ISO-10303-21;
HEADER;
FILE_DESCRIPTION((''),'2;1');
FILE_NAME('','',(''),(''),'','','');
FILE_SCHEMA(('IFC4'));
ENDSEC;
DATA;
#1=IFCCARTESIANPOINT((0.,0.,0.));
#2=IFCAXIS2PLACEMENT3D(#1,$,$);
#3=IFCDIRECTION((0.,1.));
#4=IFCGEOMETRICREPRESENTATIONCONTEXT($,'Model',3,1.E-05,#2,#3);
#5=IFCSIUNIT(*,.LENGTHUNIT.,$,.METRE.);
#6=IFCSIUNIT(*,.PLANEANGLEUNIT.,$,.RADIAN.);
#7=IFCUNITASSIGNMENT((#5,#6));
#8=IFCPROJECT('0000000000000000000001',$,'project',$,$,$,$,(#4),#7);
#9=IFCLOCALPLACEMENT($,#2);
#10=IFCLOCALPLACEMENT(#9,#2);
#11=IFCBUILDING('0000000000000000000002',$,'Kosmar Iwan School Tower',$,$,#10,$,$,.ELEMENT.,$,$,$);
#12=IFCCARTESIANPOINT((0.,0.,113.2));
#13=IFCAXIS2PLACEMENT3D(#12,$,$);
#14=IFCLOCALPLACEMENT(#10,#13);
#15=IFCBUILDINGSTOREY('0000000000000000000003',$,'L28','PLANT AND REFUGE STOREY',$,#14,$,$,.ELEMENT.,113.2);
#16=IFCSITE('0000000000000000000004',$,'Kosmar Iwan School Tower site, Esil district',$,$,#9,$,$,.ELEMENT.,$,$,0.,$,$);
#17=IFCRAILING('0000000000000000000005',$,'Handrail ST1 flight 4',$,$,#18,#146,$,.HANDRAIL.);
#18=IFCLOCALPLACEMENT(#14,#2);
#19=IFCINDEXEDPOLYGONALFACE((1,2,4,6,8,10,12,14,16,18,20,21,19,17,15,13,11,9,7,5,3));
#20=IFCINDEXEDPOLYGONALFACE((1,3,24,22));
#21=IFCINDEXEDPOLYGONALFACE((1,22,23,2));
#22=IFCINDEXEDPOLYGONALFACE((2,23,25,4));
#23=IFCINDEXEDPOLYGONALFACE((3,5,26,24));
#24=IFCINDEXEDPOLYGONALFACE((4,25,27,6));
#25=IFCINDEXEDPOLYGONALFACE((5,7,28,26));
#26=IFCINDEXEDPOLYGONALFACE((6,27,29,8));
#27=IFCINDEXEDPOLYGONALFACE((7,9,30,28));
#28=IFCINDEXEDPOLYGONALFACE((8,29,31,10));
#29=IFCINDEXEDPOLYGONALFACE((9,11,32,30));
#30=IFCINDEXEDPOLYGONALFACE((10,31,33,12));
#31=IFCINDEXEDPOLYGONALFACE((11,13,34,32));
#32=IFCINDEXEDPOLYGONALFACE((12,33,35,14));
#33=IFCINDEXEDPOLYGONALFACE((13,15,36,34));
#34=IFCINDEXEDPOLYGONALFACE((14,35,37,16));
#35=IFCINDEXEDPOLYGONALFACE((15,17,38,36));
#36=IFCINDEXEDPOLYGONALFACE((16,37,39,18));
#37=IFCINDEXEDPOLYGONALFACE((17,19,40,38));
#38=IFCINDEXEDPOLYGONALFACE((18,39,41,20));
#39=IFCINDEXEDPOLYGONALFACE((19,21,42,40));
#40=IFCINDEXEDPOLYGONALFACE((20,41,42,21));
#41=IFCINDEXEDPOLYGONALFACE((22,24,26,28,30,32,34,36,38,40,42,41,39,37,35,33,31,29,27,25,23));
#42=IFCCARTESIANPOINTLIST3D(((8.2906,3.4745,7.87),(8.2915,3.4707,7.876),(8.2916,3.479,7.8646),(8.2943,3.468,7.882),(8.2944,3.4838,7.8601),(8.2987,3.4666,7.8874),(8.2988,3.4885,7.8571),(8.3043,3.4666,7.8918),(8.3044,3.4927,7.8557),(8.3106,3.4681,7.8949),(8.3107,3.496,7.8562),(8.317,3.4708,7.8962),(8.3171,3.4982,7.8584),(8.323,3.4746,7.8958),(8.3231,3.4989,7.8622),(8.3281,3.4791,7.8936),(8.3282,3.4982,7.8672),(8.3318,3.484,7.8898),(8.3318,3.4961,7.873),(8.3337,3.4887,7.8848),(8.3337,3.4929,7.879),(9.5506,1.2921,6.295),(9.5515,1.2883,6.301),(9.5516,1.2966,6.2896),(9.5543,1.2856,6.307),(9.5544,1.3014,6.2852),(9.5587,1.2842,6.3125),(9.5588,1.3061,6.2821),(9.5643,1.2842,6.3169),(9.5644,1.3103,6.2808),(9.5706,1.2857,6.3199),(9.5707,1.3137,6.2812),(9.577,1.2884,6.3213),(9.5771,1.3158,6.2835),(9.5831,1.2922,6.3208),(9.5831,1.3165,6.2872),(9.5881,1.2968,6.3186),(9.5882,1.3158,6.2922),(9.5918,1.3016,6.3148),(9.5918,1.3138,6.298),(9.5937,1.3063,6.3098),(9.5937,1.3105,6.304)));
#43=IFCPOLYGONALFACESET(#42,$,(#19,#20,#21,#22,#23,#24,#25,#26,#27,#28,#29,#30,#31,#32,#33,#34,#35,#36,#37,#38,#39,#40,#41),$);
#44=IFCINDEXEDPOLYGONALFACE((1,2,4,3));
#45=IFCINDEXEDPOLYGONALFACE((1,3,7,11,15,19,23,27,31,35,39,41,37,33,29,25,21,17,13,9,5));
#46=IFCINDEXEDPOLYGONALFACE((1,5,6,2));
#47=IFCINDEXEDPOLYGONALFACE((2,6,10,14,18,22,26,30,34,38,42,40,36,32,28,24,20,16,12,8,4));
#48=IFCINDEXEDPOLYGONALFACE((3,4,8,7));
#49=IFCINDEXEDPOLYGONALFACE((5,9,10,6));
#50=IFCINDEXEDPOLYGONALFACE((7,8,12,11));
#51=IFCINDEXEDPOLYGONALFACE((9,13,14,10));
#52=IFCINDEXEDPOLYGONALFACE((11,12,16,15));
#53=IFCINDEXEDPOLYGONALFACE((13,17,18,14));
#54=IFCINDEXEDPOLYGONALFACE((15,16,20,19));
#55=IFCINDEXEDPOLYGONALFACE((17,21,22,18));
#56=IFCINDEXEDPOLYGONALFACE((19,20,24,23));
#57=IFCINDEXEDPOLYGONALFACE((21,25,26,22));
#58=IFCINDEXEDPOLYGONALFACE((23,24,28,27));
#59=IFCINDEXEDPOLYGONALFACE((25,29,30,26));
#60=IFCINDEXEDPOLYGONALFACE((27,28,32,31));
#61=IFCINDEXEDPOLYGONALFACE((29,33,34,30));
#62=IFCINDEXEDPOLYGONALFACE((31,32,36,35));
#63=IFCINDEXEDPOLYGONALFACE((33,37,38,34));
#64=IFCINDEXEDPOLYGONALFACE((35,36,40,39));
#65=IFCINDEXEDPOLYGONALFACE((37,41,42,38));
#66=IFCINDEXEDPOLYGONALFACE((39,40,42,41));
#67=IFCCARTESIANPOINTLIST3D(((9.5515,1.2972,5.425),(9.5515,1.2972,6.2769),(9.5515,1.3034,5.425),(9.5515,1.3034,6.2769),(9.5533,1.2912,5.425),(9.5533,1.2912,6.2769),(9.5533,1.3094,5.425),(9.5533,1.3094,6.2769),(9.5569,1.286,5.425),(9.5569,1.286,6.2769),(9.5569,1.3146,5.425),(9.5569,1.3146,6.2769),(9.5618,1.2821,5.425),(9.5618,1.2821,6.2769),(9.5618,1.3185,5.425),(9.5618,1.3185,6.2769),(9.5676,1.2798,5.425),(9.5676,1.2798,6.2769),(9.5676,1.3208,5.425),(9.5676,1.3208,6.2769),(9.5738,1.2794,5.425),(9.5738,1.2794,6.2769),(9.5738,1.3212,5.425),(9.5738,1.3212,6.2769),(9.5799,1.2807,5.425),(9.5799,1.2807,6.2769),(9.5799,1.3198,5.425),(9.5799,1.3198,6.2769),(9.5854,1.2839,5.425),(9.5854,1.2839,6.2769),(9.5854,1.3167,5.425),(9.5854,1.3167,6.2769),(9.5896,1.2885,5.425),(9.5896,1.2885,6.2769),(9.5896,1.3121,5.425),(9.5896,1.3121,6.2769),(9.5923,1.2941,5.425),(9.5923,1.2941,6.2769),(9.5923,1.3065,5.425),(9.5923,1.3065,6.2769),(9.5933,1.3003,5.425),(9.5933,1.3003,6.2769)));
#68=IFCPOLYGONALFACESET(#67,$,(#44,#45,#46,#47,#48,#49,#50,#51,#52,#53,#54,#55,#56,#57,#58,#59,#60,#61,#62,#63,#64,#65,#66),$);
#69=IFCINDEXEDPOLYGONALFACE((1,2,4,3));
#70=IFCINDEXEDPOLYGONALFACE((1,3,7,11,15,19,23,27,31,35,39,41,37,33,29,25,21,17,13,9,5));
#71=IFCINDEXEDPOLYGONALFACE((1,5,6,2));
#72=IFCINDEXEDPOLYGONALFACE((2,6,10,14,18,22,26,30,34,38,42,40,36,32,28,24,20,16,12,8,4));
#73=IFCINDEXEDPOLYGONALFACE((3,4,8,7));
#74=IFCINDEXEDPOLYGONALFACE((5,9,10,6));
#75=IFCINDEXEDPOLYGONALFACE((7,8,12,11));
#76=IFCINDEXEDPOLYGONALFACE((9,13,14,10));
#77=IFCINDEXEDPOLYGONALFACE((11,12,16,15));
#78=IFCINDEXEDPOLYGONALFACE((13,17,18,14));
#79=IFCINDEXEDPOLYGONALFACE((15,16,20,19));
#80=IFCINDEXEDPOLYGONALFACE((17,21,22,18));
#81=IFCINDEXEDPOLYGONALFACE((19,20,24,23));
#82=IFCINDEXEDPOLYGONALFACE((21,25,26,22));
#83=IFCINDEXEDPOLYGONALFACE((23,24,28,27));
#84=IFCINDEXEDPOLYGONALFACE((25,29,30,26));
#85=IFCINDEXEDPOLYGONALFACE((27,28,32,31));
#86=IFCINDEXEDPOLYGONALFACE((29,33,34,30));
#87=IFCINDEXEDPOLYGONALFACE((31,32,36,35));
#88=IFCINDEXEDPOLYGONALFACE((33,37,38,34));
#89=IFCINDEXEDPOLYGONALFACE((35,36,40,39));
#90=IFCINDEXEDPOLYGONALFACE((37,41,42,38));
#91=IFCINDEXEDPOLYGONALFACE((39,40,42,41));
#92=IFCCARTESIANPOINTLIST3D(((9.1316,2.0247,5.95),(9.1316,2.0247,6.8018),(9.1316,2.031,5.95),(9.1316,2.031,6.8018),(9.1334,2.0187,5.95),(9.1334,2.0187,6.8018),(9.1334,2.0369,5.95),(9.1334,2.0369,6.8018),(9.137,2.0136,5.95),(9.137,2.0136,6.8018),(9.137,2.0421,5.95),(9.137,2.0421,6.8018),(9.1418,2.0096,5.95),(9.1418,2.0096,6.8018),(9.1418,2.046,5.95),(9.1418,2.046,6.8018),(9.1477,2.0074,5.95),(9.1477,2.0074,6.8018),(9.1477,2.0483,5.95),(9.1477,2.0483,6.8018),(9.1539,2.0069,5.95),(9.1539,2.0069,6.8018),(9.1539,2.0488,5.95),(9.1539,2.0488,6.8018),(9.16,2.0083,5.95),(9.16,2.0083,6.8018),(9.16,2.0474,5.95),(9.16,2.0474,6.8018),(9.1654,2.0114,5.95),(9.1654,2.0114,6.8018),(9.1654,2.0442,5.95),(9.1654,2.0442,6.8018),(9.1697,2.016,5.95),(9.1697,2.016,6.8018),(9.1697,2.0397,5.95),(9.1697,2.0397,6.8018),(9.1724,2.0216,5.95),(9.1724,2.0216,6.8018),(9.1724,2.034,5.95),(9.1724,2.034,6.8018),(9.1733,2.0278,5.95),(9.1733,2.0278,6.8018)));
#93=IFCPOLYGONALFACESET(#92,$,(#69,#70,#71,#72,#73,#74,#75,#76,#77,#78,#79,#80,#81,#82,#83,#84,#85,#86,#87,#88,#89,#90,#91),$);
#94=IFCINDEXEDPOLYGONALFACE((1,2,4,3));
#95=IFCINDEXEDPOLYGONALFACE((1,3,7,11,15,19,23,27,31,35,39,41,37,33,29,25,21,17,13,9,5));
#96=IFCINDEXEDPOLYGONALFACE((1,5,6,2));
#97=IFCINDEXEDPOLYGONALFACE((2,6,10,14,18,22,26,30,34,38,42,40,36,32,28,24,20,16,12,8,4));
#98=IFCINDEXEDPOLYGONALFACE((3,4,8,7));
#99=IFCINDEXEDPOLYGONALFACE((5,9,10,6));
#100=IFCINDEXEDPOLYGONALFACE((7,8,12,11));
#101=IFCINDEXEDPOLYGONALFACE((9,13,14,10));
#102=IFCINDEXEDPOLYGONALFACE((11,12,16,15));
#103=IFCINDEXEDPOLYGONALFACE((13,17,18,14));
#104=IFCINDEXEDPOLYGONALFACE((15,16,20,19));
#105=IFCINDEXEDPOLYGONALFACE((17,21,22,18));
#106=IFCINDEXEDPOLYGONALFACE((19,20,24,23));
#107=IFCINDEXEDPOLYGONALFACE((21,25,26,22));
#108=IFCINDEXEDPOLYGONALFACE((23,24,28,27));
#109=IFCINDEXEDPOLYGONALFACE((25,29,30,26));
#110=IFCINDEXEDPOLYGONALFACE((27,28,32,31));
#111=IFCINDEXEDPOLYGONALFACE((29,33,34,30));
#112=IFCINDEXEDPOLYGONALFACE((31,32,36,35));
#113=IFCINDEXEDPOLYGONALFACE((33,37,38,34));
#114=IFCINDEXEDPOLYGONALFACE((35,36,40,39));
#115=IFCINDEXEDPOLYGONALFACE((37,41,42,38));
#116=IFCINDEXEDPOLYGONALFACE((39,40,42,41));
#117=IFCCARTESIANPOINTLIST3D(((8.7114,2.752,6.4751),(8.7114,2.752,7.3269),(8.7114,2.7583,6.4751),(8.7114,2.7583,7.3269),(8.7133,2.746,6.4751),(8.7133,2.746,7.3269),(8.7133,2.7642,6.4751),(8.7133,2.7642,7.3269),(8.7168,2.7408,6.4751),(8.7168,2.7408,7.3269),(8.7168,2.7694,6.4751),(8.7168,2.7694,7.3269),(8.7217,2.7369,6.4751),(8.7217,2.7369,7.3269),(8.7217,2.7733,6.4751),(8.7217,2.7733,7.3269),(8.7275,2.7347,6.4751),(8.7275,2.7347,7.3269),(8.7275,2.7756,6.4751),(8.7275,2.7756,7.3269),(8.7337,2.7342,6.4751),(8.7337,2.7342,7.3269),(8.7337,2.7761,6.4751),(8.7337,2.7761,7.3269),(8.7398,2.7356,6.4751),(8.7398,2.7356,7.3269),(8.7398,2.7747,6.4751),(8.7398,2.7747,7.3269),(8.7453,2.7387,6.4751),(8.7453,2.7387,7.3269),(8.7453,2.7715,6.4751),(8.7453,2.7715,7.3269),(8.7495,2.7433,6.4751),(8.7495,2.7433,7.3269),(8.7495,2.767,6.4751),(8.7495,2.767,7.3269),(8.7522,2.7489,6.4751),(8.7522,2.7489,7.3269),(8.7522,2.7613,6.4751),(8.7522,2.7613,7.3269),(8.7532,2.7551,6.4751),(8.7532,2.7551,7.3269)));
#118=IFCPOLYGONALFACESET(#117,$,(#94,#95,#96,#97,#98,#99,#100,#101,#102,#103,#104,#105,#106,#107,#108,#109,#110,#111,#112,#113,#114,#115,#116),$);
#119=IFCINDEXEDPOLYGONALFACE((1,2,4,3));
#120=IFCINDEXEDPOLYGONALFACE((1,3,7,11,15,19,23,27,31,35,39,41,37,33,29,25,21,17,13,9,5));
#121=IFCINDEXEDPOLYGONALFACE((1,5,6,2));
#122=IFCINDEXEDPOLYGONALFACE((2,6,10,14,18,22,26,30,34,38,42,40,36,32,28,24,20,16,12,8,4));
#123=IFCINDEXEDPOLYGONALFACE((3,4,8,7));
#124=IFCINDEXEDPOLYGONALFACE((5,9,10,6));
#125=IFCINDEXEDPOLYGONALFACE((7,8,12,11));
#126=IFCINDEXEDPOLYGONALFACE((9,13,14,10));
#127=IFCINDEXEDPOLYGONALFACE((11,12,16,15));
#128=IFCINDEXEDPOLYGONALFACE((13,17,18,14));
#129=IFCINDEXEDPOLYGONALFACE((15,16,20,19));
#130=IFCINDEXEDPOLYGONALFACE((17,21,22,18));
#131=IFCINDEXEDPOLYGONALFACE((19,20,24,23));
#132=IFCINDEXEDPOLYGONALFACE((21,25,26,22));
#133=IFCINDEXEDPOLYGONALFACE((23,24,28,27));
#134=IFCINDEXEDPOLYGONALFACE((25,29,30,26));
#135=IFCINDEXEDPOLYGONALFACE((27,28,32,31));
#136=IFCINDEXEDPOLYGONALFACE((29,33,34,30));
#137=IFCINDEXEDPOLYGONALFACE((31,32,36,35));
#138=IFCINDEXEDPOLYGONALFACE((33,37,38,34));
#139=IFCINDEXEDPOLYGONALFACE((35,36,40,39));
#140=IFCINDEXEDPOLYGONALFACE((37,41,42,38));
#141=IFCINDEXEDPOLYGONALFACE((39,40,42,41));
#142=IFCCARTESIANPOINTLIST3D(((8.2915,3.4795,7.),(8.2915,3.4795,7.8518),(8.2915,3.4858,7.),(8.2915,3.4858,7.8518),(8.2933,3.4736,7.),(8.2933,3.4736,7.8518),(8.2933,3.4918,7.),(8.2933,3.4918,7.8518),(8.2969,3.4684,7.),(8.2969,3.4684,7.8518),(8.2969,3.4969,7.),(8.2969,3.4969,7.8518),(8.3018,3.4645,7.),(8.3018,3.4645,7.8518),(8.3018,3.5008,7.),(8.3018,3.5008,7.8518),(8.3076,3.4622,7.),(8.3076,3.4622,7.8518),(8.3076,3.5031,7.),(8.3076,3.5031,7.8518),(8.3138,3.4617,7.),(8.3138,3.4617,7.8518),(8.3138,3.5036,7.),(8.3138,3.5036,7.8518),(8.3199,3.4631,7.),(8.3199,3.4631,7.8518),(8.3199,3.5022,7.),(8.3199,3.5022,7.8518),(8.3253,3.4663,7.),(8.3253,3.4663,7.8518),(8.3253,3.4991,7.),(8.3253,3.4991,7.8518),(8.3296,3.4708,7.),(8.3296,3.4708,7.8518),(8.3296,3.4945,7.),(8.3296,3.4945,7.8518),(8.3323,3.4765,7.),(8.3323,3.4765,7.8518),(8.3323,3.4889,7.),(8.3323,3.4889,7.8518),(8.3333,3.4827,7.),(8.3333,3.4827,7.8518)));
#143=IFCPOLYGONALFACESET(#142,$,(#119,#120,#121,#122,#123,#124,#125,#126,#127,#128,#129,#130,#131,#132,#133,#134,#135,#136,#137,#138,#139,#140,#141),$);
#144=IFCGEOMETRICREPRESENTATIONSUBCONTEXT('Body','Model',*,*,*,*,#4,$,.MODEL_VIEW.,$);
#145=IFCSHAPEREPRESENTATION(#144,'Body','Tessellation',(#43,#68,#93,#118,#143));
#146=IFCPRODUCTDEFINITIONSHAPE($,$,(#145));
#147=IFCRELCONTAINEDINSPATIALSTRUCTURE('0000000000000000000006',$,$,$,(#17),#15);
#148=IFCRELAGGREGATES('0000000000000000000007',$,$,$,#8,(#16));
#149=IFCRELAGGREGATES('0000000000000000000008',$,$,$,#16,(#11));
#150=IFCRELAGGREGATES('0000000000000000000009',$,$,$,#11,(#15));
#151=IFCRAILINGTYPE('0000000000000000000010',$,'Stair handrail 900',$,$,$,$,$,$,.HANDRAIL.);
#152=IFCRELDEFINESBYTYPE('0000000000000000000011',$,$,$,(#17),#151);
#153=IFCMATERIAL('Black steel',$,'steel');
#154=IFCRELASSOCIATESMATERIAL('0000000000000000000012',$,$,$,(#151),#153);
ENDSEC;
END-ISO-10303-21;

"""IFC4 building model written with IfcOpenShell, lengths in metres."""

from ifc_helpers import new_model, si_unit, direction, frame, origin, origin_2d, place, context, subcontext, project, spatial, circle, extrude, material, type_object, element, save


model = new_model("IFC4")

# Units and contexts
model_context = context("Model", 3, precision=1e-05, world=origin(), true_north=direction((0.0, 1.0)))
body_context = subcontext(model_context, "Body", "Model", "MODEL_VIEW")
ifc_project = project(units=[si_unit("LENGTHUNIT", "METRE"), si_unit("PLANEANGLEUNIT", "RADIAN")], contexts=[model_context])

# Site, building, storey
site_placement = place(None, origin())
site = spatial("IfcSite", under=ifc_project, at=site_placement, Name="Kosmar Iwan School Tower site, Esil district", CompositionType="ELEMENT", RefElevation=0.0)
building_placement = place(site_placement, origin())
building = spatial("IfcBuilding", under=site, at=building_placement, Name="Kosmar Iwan School Tower", CompositionType="ELEMENT")
storey_placement = place(building_placement, frame((0.0, 0.0, 113.2)))
storey = spatial("IfcBuildingStorey", under=building, at=storey_placement, Name="L28", Description="PLANT AND REFUGE STOREY", CompositionType="ELEMENT", Elevation=113.2)

# Railing
ifc_material_1 = material(Name="Black steel", Category="steel")
railing_type = type_object("IfcRailingType", Name="Stair handrail 900", PredefinedType="HANDRAIL", material=ifc_material_1)
for number, where, name in (
    (1, (9.5723, 1.3003, 5.425), "Handrail ST1 flight 4"),
):
    element("IfcRailing", number, at=place(storey_placement, frame(where)), inside=storey, type_object=railing_type, Name=name, PredefinedType="HANDRAIL", context=body_context, shape_type="SweptSolid", body=[
        extrude(circle(Radius=0.0239, at=origin_2d()), frame((0.0, 0.0, 0.876), z_axis=(-0.424007, 0.734392, 0.529988), x_axis=(-0.866023, -0.500005, 0.0)), (0.0, 0.0, 1.0), 2.9717),
        extrude(circle(Radius=0.021, at=origin_2d()), origin(), (0.0, 0.0, 1.0), 0.8518),
        extrude(circle(Radius=0.021, at=origin_2d()), frame((-0.4199, 0.7275, 0.5249)), (0.0, 0.0, 1.0), 0.8518),
        extrude(circle(Radius=0.021, at=origin_2d()), frame((-0.8401, 1.4548, 1.05)), (0.0, 0.0, 1.0), 0.8518),
        extrude(circle(Radius=0.021, at=origin_2d()), frame((-1.26, 2.1824, 1.575)), (0.0, 0.0, 1.0), 0.8518),
    ])

save(model, "model.ifc")
